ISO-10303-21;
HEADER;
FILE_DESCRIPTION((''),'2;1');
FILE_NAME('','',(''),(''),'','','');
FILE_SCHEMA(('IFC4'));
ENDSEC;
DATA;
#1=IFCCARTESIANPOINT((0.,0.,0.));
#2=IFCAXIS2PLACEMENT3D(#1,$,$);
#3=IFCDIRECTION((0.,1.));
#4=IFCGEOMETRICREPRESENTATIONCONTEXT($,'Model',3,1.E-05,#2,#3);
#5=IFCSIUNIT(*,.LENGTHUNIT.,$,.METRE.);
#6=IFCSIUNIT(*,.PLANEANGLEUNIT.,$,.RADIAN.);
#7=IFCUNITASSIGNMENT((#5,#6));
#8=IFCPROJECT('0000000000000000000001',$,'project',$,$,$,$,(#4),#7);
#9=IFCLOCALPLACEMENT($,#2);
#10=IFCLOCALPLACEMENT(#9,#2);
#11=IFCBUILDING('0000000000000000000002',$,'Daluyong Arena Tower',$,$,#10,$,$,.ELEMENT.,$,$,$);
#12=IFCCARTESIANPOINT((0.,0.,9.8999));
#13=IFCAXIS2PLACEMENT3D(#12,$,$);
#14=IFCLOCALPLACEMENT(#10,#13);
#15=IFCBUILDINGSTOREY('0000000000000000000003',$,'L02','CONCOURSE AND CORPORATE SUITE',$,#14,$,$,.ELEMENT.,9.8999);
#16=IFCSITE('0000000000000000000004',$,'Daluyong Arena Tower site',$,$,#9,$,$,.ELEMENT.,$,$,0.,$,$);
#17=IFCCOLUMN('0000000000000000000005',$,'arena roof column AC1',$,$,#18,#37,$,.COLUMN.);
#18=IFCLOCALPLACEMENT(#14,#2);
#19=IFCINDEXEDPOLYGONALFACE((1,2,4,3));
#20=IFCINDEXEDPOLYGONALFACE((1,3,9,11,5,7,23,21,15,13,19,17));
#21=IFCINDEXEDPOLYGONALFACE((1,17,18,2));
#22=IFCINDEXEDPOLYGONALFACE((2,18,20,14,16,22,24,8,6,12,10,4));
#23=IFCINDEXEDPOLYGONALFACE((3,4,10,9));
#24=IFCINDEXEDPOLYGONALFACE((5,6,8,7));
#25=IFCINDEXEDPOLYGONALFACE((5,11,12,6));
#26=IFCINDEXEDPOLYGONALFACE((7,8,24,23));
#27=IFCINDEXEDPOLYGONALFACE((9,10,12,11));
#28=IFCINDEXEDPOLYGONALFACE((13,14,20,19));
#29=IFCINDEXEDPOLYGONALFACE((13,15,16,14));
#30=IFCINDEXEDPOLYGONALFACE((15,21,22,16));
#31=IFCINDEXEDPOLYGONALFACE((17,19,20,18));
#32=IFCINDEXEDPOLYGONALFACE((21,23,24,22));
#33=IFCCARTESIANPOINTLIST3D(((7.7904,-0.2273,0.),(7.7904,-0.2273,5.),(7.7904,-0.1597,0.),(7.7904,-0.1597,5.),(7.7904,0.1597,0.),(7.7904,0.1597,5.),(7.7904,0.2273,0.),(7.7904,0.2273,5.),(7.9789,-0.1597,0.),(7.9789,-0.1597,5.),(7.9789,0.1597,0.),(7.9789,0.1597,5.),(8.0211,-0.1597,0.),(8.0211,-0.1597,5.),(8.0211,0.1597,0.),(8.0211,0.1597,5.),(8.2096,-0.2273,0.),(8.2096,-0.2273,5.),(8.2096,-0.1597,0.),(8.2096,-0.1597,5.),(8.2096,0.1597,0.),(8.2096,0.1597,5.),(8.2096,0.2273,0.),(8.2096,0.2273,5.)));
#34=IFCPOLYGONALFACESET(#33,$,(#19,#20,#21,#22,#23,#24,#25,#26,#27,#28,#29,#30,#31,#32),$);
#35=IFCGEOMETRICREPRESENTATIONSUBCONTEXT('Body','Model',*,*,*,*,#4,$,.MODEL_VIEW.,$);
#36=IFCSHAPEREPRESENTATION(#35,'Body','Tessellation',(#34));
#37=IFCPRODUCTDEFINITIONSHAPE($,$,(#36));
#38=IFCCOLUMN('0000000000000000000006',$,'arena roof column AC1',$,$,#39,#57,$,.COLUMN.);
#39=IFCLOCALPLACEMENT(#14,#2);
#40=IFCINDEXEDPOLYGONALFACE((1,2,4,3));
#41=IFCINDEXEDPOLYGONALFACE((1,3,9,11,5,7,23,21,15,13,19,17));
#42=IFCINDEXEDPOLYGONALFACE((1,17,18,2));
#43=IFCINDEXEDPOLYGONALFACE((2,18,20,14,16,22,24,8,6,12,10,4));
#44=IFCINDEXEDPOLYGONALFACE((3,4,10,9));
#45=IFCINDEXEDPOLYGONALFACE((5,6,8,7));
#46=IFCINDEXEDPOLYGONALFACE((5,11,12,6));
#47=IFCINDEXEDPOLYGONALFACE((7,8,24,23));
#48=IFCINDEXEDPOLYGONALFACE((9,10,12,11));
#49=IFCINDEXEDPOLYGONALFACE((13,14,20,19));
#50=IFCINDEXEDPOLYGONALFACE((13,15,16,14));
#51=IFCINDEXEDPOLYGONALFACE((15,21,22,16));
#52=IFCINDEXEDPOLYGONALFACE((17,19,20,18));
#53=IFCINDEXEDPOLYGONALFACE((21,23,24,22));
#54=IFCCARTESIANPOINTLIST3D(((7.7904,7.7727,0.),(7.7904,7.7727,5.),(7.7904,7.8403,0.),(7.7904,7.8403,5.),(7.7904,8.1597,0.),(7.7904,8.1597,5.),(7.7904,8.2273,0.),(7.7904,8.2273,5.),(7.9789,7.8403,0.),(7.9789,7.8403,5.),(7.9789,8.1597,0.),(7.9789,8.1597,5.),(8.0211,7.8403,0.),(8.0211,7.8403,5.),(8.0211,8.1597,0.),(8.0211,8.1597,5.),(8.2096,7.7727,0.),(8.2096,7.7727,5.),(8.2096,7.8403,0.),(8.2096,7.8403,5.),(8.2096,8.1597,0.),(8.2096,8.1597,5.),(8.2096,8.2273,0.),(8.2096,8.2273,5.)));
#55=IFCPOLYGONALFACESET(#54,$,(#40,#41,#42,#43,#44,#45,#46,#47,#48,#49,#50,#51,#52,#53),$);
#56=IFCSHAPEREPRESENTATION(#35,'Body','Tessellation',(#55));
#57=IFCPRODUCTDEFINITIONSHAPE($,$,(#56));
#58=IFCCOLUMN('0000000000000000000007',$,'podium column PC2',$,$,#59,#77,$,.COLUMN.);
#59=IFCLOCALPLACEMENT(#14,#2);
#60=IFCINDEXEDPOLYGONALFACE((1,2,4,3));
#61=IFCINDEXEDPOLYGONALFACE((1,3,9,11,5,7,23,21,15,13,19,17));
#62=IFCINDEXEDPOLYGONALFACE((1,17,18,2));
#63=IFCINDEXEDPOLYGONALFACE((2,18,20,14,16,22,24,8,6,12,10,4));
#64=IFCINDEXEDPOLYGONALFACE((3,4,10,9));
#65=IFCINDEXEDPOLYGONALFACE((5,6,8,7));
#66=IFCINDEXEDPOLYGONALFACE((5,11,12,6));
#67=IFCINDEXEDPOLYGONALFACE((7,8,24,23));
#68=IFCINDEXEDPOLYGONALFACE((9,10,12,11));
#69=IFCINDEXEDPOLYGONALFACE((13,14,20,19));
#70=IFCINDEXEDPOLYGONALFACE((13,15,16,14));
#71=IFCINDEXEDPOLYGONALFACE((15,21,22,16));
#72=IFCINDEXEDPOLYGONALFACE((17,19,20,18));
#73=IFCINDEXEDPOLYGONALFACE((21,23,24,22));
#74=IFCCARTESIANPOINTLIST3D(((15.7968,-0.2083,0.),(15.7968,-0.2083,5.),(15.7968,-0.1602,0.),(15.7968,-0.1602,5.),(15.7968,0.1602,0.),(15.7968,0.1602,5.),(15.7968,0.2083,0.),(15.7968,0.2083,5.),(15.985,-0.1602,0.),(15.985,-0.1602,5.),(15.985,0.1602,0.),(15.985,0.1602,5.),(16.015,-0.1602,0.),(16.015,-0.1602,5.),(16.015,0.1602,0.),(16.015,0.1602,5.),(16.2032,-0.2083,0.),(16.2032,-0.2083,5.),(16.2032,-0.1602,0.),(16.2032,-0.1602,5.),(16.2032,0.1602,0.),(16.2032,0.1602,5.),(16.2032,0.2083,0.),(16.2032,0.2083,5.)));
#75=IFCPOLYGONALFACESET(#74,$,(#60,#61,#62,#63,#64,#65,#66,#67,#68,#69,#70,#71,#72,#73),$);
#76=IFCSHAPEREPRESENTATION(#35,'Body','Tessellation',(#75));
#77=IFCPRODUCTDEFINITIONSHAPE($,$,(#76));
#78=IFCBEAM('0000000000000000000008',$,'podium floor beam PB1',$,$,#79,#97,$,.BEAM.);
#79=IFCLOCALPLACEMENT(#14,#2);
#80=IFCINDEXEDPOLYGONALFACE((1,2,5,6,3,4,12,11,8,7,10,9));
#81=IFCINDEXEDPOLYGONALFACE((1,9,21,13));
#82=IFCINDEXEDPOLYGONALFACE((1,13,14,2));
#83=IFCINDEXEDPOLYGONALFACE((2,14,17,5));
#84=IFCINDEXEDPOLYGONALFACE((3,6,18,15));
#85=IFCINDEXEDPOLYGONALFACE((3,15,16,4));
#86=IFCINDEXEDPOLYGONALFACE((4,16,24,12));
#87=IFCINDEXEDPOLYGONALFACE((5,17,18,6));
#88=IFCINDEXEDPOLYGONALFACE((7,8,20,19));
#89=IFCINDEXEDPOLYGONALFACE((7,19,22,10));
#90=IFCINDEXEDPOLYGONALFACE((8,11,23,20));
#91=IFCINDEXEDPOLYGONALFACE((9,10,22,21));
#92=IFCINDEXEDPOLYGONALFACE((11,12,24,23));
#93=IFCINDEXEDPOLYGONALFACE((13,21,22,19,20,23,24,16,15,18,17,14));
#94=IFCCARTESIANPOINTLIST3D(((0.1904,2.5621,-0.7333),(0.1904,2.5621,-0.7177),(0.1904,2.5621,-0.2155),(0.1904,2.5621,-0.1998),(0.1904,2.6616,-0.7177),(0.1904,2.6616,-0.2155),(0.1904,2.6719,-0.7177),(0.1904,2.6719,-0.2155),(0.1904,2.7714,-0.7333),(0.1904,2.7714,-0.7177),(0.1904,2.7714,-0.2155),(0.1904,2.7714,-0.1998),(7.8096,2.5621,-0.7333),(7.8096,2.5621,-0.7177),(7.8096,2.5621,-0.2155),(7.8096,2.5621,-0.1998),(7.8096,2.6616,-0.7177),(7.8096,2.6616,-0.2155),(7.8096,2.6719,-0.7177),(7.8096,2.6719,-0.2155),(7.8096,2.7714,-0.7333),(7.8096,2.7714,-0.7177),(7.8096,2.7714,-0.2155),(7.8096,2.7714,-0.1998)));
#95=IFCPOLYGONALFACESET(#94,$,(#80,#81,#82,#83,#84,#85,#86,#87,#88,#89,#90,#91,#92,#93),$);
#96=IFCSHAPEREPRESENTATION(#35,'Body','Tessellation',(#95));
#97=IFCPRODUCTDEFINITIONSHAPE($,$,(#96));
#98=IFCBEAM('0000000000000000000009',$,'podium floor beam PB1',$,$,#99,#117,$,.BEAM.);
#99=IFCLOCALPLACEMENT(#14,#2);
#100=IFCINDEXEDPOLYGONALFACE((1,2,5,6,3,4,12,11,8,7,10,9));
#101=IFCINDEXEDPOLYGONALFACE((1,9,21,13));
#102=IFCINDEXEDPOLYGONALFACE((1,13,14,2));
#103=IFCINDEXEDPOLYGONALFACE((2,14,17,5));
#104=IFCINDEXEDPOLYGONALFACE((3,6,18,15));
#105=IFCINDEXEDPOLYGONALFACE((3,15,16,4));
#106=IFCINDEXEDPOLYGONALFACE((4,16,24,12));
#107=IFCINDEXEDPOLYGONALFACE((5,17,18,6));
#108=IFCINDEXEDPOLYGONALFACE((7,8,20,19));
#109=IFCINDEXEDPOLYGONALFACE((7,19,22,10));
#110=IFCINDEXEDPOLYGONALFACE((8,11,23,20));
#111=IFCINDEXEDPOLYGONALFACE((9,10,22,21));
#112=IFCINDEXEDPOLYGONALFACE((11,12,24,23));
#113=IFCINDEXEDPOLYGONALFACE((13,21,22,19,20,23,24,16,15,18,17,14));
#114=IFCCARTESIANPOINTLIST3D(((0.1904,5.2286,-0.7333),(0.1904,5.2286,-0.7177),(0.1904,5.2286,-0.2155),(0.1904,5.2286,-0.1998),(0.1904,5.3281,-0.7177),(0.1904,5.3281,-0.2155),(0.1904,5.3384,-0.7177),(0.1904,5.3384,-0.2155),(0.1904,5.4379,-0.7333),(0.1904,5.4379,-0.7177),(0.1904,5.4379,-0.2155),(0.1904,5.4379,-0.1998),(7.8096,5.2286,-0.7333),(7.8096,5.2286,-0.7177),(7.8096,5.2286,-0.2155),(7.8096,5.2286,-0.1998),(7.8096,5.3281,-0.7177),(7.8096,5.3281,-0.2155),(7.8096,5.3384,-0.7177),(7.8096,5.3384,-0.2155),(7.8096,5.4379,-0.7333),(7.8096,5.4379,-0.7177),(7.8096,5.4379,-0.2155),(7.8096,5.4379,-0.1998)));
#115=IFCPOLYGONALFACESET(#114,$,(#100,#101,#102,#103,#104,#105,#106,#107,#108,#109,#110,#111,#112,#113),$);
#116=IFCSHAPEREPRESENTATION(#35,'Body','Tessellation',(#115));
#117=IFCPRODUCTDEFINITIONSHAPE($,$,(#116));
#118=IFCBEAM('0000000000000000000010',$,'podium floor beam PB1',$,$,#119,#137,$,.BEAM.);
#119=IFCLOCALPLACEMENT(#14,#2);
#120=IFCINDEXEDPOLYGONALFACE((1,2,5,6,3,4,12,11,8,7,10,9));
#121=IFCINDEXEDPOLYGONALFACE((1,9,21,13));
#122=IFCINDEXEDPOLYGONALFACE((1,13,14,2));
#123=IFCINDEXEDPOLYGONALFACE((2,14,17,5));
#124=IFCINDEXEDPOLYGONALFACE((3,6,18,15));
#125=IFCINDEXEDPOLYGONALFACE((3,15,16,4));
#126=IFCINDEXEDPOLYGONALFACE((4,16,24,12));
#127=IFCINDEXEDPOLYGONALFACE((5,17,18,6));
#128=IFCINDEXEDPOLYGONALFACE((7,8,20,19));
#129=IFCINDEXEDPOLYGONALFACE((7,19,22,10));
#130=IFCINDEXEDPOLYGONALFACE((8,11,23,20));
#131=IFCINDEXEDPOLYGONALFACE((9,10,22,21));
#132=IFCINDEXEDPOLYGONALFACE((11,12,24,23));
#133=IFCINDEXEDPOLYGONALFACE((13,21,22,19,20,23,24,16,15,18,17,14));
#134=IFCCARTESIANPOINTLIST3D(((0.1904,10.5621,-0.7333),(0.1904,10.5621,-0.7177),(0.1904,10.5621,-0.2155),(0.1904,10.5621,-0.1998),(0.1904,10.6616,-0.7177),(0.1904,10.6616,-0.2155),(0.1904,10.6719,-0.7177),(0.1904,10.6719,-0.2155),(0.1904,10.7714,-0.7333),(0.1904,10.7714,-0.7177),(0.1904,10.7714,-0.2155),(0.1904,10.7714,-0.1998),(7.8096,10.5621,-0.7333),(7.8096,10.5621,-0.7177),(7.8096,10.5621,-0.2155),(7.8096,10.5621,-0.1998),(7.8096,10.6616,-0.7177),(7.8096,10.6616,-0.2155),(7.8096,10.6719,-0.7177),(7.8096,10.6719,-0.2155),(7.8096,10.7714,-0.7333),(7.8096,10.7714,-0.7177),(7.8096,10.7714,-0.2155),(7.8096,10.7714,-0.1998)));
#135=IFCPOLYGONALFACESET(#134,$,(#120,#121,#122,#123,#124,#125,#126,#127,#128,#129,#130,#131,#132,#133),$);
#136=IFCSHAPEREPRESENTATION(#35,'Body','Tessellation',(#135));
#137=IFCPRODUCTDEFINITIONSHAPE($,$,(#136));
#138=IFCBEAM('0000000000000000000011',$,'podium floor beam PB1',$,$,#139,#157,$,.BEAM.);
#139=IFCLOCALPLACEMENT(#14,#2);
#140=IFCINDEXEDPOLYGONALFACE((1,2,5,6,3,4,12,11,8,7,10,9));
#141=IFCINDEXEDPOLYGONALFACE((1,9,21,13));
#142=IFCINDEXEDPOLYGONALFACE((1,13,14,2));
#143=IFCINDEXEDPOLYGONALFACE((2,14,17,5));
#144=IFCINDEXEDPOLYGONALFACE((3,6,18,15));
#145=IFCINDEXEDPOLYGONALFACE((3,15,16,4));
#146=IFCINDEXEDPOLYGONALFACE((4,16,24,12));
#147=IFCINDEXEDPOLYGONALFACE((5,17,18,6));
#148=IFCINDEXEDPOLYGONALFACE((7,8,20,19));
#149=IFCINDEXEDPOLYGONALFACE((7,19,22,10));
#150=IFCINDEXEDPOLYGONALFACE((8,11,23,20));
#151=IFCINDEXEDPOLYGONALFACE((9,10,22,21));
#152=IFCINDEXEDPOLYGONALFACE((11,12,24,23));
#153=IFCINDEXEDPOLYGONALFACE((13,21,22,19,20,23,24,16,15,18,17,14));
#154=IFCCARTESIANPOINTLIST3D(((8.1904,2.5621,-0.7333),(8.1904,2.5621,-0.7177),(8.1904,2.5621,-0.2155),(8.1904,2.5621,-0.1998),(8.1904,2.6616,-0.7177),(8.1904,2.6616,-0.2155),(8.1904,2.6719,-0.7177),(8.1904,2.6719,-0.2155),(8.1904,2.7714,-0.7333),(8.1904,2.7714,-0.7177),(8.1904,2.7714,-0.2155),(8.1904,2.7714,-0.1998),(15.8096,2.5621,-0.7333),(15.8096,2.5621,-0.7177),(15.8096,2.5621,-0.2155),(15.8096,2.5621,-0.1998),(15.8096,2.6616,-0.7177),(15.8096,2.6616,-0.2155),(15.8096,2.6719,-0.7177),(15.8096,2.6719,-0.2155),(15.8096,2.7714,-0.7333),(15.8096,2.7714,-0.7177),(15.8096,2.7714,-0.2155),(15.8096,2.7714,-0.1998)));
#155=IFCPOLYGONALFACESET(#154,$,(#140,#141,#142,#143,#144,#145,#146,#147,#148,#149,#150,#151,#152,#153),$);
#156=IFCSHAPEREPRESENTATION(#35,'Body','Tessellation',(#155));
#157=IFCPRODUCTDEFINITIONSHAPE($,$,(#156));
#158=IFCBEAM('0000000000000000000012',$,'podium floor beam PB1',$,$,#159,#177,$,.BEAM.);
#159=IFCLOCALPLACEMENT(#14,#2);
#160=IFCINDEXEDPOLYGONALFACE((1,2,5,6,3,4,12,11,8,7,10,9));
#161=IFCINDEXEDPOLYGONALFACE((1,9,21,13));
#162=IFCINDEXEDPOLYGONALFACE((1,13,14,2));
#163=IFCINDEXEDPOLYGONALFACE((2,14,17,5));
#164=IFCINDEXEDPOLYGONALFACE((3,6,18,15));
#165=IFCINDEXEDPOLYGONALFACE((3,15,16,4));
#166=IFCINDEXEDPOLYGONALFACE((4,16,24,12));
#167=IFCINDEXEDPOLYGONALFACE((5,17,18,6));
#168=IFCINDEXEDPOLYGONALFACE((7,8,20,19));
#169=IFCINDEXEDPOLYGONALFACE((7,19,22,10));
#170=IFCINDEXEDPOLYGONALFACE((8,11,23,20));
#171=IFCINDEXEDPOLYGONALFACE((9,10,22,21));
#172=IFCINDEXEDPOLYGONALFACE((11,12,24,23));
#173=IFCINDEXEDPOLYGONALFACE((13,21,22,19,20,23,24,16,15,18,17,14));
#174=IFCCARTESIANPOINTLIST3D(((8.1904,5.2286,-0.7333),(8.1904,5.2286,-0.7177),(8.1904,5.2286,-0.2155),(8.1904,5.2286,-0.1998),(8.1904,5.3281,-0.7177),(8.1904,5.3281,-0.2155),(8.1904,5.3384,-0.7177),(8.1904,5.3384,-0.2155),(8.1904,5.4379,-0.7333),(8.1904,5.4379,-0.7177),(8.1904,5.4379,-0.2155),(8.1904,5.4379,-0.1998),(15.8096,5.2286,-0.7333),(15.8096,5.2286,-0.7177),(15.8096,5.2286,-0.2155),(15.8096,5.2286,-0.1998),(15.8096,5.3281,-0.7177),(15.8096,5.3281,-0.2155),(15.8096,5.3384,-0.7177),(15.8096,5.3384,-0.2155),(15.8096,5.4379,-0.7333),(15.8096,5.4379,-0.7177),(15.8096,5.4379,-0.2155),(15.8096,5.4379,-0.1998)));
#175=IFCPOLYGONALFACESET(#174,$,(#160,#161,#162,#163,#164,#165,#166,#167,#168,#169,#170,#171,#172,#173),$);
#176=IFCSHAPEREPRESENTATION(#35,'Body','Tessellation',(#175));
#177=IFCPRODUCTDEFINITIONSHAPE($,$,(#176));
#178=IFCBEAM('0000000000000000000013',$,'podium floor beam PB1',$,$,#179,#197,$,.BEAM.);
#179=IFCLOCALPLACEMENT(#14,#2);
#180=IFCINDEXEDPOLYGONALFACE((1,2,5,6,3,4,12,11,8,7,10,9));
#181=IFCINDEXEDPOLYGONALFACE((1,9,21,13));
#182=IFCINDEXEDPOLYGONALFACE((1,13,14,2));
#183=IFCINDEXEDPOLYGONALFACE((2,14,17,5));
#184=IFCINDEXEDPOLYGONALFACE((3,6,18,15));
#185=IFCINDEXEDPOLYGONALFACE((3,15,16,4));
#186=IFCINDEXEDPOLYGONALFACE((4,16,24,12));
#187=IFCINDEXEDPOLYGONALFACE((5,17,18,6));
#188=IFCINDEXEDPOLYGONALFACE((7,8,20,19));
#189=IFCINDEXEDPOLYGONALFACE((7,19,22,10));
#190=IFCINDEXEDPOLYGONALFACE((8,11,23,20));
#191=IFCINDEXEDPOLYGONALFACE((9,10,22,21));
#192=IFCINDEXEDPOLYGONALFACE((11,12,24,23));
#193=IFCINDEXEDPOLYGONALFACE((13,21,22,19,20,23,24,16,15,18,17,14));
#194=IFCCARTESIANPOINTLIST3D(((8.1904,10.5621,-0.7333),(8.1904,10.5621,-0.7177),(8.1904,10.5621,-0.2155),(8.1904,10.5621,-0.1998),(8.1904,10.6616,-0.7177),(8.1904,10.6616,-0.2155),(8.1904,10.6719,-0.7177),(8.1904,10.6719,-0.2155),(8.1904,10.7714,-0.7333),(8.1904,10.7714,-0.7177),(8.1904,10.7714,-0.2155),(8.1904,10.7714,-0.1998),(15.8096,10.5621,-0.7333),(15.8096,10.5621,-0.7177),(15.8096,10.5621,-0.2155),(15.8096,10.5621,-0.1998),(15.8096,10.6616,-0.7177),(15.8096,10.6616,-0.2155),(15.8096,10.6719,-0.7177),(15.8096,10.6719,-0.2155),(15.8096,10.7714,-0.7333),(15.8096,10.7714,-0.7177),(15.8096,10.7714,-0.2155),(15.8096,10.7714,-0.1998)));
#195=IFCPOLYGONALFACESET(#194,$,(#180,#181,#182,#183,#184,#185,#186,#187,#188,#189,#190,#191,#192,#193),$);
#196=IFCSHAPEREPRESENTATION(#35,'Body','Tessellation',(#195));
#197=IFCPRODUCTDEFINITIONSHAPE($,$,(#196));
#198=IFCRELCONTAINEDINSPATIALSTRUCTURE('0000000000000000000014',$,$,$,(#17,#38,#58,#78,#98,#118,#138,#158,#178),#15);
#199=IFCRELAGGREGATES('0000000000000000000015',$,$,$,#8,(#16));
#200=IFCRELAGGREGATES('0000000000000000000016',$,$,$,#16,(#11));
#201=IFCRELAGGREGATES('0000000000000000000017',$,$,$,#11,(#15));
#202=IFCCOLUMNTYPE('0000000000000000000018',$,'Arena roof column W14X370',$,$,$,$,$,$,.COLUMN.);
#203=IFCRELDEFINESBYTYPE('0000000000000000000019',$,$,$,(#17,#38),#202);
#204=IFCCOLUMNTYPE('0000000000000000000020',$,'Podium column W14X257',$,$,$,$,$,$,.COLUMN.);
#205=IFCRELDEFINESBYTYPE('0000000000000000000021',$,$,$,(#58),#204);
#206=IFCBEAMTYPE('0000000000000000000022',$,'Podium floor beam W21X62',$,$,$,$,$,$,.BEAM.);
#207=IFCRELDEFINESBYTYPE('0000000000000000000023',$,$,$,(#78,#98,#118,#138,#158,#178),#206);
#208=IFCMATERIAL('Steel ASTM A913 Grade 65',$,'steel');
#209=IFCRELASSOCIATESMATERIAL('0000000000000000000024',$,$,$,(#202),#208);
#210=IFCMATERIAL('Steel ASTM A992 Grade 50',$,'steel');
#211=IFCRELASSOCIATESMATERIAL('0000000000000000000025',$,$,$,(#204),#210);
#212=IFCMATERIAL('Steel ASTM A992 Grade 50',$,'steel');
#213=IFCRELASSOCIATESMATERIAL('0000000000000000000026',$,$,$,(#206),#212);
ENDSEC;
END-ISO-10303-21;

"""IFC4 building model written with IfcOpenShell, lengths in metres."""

from ifc_helpers import new_model, si_unit, direction, frame, origin, origin_2d, place, context, subcontext, project, spatial, i_section, extrude, material, material_profile, profile_set, type_object, element, save


model = new_model("IFC4")

# Units and contexts
model_context = context("Model", 3, precision=1e-05, world=origin(), true_north=direction((0.0, 1.0)))
body_context = subcontext(model_context, "Body", "Model", "MODEL_VIEW")
ifc_project = project(units=[si_unit("LENGTHUNIT", "METRE"), si_unit("PLANEANGLEUNIT", "RADIAN")], contexts=[model_context])

# Site, building, storey
site_placement = place(None, origin())
site = spatial("IfcSite", under=ifc_project, at=site_placement, Name="Daluyong Arena Tower site", CompositionType="ELEMENT", RefElevation=0.0)
building_placement = place(site_placement, origin())
building = spatial("IfcBuilding", under=site, at=building_placement, Name="Daluyong Arena Tower", CompositionType="ELEMENT")
storey_placement = place(building_placement, frame((0.0, 0.0, 9.8999)))
storey = spatial("IfcBuildingStorey", under=building, at=storey_placement, Name="L02", Description="CONCOURSE AND CORPORATE SUITE", CompositionType="ELEMENT", Elevation=9.8999)

# Columns
ifc_material_1 = material(Name="Steel ASTM A913 Grade 65", Category="steel")
ifc_material_profile_1 = material_profile(ifc_material_1, i_section(OverallWidth=0.4192, OverallDepth=0.4546, WebThickness=0.0422, FlangeThickness=0.0676, at=origin_2d()))
ifc_profile_set_1 = profile_set([ifc_material_profile_1], Name="Steel ASTM A913 Grade 65")
column_type_1 = type_object("IfcColumnType", Name="Arena roof column W14X370", PredefinedType="COLUMN", material=ifc_profile_set_1)
for number, where, z_axis, x_axis, name in (
    (1, (8.0, 0.0, 0.0), (0.0, 0.0, 1.0), (1.0, 0.0, 0.0), "arena roof column AC1"),
    (2, (8.0, 8.0, 0.0), (0.0, 0.0, 1.0), (1.0, 0.0, 0.0), "arena roof column AC1"),
):
    element("IfcColumn", number, at=place(storey_placement, frame(where, z_axis=z_axis, x_axis=x_axis)), inside=storey, type_object=column_type_1, Name=name, PredefinedType="COLUMN", context=body_context, shape_type="SweptSolid", body=[
        extrude(i_section(OverallWidth=0.4192, OverallDepth=0.4546, WebThickness=0.0422, FlangeThickness=0.0676, at=origin_2d()), origin(), (0.0, 0.0, 1.0), 5.0),
    ])
ifc_material_2 = material(Name="Steel ASTM A992 Grade 50", Category="steel")
ifc_material_profile_2 = material_profile(ifc_material_2, i_section(OverallWidth=0.4065, OverallDepth=0.4165, WebThickness=0.03, FlangeThickness=0.0481, at=origin_2d()))
ifc_profile_set_2 = profile_set([ifc_material_profile_2], Name="Steel ASTM A992 Grade 50")
column_type_2 = type_object("IfcColumnType", Name="Podium column W14X257", PredefinedType="COLUMN", material=ifc_profile_set_2)
column_placement = place(storey_placement, frame((16.0, 0.0, 0.0), z_axis=(0.0, 0.0, 1.0), x_axis=(1.0, 0.0, 0.0)))
element("IfcColumn", 3, at=column_placement, inside=storey, type_object=column_type_2, Name="podium column PC2", PredefinedType="COLUMN", context=body_context, shape_type="SweptSolid", body=[
    extrude(i_section(OverallWidth=0.4065, OverallDepth=0.4165, WebThickness=0.03, FlangeThickness=0.0481, at=origin_2d()), origin(), (0.0, 0.0, 1.0), 5.0),
])

# Beams
ifc_material_3 = material(Name="Steel ASTM A992 Grade 50", Category="steel")
ifc_material_profile_3 = material_profile(ifc_material_3, i_section(OverallWidth=0.2092, OverallDepth=0.5334, WebThickness=0.0103, FlangeThickness=0.0156, at=origin_2d()))
ifc_profile_set_3 = profile_set([ifc_material_profile_3], Name="Steel ASTM A992 Grade 50")
beam_type_1 = type_object("IfcBeamType", Name="Podium floor beam W21X62", PredefinedType="BEAM", material=ifc_profile_set_3)
for number, where, z_axis, x_axis, name in (
    (4, (0.1904, 2.6667, -0.4666), (1.0, 0.0, 0.0), (0.0, 1.0, 0.0), "podium floor beam PB1"),
    (5, (0.1904, 5.3333, -0.4666), (1.0, 0.0, 0.0), (0.0, 1.0, 0.0), "podium floor beam PB1"),
    (6, (0.1904, 10.6667, -0.4666), (1.0, 0.0, 0.0), (0.0, 1.0, 0.0), "podium floor beam PB1"),
    (7, (8.1904, 2.6667, -0.4666), (1.0, 0.0, 0.0), (0.0, 1.0, 0.0), "podium floor beam PB1"),
    (8, (8.1904, 5.3333, -0.4666), (1.0, 0.0, 0.0), (0.0, 1.0, 0.0), "podium floor beam PB1"),
    (9, (8.1904, 10.6667, -0.4666), (1.0, 0.0, 0.0), (0.0, 1.0, 0.0), "podium floor beam PB1"),
):
    element("IfcBeam", number, at=place(storey_placement, frame(where, z_axis=z_axis, x_axis=x_axis)), inside=storey, type_object=beam_type_1, Name=name, PredefinedType="BEAM", context=body_context, shape_type="SweptSolid", body=[
        extrude(i_section(OverallWidth=0.2092, OverallDepth=0.5334, WebThickness=0.0103, FlangeThickness=0.0156, at=origin_2d()), origin(), (0.0, 0.0, 1.0), 7.6191),
    ])

save(model, "model.ifc")
